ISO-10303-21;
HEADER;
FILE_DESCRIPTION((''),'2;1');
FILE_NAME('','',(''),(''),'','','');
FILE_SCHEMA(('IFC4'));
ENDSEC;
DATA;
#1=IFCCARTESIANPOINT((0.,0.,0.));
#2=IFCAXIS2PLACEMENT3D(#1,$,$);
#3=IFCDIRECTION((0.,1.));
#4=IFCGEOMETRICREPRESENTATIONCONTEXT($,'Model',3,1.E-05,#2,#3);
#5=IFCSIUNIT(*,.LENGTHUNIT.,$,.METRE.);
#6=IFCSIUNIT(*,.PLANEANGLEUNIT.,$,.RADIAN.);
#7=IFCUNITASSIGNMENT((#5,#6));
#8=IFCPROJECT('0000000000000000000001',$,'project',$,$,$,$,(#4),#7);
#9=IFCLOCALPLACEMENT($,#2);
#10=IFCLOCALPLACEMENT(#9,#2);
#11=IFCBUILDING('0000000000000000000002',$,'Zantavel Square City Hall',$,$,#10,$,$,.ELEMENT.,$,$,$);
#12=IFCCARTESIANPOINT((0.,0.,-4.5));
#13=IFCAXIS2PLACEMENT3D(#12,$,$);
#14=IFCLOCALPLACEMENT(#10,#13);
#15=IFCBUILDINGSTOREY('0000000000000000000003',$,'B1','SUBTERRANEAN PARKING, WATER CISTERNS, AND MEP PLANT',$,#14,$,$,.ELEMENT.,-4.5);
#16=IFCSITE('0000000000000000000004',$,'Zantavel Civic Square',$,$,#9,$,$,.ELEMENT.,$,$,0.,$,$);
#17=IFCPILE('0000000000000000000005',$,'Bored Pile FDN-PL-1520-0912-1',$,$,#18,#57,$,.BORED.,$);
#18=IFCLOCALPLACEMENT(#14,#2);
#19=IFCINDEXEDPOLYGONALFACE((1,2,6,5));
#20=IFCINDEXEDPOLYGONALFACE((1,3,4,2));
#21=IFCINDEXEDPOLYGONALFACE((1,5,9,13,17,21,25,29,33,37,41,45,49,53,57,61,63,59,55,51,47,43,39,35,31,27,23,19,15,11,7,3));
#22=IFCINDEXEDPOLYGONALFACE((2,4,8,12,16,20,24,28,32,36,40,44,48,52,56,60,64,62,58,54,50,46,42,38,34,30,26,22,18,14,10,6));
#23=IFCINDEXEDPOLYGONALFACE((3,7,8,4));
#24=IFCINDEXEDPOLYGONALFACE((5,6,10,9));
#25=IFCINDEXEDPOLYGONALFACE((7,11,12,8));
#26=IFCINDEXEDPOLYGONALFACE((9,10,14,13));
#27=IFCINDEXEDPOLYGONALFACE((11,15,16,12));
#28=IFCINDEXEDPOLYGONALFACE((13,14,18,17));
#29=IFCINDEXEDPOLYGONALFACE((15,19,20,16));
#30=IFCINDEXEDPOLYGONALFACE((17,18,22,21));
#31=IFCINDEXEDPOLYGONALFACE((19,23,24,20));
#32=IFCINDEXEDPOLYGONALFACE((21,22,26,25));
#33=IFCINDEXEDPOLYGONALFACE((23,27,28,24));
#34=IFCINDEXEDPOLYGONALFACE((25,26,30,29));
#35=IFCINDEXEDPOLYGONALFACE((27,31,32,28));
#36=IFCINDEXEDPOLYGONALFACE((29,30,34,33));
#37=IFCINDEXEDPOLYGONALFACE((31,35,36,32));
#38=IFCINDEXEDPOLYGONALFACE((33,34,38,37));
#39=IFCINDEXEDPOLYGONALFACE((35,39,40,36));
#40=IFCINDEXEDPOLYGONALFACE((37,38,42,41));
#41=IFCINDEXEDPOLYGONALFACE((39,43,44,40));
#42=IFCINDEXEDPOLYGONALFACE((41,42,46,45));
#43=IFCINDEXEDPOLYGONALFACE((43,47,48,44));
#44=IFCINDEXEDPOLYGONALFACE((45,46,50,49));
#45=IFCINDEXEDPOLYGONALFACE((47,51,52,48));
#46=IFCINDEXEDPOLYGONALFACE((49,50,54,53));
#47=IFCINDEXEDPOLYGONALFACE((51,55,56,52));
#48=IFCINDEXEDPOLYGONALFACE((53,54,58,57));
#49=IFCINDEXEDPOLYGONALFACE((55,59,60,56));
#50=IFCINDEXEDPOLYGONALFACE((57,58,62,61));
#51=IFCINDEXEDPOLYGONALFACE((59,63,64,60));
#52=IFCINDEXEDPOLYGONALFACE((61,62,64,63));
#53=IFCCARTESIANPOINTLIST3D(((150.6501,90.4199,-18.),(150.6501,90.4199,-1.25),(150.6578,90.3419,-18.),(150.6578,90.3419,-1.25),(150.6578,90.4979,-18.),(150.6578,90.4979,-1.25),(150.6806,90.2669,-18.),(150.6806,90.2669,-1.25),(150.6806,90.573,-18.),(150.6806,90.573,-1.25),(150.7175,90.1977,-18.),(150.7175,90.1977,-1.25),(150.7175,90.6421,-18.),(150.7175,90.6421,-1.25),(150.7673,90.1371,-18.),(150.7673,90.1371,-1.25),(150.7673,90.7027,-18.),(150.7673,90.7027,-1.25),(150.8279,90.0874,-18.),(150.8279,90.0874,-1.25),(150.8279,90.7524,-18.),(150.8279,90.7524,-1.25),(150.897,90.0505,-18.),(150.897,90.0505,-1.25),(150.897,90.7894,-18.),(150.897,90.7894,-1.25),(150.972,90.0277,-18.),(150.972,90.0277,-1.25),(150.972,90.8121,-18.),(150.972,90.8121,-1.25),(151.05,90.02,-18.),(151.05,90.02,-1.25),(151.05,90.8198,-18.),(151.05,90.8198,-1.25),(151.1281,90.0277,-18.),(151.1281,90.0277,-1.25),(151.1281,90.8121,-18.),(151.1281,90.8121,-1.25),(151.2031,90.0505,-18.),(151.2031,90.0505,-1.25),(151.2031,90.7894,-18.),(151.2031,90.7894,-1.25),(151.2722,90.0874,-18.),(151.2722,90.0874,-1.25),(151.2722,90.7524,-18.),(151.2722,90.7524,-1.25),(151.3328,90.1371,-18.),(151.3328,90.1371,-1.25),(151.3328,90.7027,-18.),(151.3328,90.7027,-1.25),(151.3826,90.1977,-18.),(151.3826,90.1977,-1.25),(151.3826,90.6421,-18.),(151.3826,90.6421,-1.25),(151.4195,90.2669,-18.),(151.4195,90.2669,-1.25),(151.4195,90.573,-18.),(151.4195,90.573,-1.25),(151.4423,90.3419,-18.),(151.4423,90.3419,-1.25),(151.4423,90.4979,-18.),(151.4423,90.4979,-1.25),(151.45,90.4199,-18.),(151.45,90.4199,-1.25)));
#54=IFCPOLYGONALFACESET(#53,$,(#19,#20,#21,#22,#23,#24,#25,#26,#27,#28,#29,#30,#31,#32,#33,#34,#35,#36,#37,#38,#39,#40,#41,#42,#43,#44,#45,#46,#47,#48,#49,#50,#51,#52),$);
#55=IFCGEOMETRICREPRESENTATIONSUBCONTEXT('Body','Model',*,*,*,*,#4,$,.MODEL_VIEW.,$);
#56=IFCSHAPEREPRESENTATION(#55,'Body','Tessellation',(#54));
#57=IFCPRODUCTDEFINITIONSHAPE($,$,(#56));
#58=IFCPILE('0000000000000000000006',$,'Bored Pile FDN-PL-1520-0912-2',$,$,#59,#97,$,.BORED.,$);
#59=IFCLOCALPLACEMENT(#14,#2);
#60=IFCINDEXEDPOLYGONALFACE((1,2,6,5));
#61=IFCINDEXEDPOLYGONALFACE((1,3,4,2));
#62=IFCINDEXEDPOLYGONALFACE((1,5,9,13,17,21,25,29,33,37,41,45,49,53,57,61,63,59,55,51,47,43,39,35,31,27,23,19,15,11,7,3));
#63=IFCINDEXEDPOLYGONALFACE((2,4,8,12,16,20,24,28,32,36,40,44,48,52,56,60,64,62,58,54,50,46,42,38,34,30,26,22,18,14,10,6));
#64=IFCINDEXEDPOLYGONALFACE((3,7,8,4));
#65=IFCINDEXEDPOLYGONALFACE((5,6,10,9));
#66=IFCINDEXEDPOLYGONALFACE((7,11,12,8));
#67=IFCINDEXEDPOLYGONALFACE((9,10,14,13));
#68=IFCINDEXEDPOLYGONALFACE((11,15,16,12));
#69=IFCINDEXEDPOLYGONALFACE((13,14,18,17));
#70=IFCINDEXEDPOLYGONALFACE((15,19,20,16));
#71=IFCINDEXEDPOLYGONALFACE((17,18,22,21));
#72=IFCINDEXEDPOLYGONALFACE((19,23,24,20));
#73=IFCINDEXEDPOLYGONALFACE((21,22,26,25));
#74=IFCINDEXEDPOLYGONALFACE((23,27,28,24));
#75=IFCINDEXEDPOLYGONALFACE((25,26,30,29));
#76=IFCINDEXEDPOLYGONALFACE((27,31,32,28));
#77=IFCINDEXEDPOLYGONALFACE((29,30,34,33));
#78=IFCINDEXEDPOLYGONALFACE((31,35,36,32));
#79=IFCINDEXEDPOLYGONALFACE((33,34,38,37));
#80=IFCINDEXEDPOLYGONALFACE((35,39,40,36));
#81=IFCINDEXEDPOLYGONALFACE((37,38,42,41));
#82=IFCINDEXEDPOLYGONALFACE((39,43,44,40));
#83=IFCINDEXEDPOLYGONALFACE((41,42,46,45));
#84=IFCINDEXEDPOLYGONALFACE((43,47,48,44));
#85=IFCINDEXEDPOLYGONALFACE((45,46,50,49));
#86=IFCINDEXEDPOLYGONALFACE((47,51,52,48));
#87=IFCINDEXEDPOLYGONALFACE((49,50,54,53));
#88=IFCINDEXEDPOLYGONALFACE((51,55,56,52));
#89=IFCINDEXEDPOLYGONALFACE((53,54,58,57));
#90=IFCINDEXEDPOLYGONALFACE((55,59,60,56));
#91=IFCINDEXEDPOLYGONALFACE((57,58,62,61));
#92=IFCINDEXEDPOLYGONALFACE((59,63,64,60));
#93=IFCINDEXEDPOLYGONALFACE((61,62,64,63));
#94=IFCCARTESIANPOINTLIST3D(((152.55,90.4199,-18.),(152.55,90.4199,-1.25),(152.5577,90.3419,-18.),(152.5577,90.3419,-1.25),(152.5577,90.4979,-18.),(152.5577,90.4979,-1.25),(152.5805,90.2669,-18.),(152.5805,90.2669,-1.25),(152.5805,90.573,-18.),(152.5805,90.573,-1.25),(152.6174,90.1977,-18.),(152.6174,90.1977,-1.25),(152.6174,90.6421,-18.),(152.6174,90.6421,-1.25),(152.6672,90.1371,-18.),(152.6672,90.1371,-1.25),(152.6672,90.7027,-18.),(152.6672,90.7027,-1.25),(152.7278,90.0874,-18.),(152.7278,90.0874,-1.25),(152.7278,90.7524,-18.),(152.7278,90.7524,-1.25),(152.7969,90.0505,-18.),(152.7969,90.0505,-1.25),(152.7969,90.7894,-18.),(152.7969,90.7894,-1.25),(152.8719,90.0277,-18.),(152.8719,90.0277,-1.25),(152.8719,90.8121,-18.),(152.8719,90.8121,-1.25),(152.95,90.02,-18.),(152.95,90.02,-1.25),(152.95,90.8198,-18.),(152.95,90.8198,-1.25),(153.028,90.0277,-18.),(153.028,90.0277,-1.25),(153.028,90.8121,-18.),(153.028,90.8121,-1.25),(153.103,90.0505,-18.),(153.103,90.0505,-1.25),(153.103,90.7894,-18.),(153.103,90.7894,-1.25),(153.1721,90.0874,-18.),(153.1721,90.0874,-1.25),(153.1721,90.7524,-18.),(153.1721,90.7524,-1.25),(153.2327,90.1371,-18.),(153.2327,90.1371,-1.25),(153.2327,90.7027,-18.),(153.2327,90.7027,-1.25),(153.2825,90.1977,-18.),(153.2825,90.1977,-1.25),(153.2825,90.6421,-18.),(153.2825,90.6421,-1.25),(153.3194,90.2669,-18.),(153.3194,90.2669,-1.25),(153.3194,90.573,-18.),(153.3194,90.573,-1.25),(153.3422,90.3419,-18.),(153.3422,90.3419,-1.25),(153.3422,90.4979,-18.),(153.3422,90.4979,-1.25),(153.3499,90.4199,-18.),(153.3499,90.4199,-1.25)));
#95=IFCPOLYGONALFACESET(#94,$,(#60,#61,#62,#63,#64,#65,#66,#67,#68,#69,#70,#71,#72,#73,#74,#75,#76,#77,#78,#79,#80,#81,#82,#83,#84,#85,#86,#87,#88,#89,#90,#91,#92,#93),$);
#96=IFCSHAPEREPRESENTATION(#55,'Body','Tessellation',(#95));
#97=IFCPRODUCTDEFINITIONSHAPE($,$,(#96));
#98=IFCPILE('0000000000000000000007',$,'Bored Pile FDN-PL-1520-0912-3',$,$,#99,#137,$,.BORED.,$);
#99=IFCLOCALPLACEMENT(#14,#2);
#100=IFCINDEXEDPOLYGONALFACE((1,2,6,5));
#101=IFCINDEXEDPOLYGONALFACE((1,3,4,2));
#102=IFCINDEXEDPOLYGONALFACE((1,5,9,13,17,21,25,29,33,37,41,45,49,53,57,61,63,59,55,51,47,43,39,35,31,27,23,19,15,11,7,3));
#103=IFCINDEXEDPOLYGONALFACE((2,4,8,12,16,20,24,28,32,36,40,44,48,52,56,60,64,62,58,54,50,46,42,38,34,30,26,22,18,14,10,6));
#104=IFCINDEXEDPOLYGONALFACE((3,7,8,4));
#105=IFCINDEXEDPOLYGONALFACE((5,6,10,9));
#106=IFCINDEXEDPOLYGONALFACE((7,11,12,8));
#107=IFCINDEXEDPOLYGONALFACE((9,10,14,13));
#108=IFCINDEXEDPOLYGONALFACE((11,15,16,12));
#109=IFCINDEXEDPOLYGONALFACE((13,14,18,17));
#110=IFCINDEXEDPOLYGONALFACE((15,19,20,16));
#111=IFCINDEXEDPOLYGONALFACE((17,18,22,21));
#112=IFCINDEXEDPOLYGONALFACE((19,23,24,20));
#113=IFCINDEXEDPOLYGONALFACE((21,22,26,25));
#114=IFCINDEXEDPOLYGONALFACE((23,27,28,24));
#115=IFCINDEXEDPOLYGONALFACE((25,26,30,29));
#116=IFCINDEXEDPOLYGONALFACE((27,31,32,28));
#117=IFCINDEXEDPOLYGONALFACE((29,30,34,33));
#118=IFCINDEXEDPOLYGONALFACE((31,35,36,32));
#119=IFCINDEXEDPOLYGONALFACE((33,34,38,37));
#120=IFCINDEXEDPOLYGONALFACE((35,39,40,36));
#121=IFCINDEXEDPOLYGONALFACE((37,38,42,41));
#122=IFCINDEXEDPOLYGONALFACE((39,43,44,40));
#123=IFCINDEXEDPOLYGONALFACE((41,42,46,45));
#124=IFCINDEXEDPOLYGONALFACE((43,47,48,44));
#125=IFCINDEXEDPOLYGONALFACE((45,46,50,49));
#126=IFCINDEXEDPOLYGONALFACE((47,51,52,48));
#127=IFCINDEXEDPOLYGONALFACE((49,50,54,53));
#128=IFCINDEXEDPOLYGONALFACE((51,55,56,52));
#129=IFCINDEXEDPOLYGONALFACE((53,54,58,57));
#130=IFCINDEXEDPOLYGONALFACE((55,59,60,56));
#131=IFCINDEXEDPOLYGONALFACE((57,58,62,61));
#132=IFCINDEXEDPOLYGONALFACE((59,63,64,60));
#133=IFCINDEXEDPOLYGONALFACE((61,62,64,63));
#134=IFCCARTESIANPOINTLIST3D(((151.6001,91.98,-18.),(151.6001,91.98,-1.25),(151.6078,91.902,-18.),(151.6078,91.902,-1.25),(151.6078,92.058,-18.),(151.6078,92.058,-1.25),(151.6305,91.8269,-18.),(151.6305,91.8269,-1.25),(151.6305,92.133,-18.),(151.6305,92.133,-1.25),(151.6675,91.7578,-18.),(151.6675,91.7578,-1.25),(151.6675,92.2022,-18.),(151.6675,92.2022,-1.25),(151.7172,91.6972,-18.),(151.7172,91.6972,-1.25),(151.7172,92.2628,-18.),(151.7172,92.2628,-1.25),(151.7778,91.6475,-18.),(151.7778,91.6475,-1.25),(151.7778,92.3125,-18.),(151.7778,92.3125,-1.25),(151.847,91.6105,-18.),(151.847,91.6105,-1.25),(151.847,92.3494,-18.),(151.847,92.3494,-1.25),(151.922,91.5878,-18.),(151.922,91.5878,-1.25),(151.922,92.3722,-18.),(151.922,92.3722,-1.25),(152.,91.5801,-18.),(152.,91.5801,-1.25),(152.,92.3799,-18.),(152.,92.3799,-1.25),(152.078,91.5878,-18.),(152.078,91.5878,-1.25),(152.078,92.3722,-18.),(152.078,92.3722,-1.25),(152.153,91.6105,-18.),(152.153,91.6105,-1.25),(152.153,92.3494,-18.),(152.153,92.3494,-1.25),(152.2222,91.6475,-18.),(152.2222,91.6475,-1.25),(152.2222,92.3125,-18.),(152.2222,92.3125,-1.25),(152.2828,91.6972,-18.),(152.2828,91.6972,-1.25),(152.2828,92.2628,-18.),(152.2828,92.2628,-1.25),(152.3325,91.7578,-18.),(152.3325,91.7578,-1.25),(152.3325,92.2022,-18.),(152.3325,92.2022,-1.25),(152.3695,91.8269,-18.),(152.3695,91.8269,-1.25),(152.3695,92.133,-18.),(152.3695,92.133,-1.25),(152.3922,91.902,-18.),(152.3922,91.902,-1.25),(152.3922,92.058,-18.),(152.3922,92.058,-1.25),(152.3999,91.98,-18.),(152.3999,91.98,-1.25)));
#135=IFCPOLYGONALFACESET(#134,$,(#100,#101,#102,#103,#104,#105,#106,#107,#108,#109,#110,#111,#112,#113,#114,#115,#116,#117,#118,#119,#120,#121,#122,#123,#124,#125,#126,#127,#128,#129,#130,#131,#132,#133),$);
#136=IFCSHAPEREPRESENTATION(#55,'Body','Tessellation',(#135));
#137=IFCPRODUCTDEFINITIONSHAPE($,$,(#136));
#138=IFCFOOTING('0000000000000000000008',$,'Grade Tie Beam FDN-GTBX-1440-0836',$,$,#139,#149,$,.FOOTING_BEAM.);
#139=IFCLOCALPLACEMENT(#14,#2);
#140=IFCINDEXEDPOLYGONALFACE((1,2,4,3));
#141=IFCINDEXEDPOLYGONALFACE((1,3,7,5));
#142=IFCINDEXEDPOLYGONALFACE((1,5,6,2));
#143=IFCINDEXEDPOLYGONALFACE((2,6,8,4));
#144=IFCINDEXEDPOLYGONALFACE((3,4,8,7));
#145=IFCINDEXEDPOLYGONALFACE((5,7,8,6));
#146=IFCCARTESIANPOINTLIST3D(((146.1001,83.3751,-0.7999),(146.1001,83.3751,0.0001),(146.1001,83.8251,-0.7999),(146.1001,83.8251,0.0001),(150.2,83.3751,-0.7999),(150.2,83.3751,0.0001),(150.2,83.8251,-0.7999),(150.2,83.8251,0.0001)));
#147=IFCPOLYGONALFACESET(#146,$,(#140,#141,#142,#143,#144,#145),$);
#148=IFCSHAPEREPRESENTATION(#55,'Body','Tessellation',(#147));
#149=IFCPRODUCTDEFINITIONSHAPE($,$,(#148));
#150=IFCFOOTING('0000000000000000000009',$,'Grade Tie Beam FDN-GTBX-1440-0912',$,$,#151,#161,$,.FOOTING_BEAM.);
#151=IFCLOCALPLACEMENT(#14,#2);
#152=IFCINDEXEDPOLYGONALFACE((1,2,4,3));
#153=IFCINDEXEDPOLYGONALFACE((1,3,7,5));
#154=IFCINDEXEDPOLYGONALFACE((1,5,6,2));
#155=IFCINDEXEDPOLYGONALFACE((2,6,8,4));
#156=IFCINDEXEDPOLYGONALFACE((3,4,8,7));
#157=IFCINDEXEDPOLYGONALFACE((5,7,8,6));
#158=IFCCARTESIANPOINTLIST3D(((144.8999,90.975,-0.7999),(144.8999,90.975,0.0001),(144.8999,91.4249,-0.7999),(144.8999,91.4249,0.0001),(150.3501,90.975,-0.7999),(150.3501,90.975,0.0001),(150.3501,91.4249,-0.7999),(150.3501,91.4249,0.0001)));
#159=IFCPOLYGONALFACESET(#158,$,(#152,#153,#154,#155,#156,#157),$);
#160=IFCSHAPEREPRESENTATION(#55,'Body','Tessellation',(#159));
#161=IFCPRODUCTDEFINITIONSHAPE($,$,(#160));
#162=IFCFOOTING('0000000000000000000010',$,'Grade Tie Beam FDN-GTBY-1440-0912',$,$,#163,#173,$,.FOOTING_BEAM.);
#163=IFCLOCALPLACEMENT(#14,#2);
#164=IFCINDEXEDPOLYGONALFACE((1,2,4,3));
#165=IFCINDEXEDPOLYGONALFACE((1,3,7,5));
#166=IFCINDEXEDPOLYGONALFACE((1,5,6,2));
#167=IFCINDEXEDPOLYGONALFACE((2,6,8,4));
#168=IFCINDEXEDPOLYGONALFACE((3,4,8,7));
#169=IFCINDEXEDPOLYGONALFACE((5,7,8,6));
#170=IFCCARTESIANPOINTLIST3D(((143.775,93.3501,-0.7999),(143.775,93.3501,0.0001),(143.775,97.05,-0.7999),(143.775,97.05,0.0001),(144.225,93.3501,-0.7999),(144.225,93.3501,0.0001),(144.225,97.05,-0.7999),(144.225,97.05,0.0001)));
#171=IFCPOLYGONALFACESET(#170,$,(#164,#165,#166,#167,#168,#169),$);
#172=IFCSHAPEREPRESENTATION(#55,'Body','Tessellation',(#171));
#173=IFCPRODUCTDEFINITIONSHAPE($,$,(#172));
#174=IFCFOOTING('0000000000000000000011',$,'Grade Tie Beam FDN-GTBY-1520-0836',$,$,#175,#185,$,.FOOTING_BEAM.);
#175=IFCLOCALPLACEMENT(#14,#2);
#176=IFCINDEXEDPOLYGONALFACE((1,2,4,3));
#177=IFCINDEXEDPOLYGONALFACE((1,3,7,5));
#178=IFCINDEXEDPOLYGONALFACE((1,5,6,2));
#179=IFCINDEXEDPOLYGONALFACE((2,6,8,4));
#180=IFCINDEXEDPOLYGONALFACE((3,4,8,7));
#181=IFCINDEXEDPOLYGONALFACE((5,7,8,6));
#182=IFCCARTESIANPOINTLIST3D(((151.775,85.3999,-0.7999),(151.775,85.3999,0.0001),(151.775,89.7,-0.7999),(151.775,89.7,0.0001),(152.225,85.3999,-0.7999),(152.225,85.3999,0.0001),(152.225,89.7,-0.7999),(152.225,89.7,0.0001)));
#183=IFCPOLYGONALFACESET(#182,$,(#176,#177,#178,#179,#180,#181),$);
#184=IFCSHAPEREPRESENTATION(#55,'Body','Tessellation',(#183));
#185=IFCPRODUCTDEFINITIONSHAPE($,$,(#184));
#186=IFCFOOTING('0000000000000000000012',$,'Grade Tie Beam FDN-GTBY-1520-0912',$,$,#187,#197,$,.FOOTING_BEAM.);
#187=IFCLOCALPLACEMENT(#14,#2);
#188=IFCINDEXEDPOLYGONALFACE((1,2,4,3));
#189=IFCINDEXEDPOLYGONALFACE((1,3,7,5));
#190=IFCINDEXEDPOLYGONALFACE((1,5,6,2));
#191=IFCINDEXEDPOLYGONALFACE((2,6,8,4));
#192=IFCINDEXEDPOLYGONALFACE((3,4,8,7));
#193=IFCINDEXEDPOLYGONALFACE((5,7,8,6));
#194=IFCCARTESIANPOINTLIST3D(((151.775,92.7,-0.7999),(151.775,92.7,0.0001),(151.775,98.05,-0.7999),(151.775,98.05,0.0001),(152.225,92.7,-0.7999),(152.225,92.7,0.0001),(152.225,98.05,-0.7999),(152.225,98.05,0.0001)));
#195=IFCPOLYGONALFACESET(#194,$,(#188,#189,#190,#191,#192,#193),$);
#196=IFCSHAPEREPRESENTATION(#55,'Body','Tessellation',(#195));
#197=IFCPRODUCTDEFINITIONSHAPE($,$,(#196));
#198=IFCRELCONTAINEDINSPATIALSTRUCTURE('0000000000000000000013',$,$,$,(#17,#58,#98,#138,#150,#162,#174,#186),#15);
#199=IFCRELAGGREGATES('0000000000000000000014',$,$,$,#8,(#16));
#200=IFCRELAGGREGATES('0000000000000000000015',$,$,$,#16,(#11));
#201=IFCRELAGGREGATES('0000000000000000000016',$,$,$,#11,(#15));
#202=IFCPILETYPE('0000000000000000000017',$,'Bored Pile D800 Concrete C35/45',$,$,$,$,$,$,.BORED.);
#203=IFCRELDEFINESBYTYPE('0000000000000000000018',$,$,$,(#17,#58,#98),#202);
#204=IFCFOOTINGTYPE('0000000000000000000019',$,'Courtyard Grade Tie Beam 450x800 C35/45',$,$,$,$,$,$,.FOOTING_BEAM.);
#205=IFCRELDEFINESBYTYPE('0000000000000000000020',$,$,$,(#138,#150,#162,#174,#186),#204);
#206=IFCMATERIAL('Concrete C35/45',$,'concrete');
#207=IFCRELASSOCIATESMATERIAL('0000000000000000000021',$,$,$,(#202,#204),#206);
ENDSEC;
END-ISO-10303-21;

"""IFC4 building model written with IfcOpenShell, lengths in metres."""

from ifc_helpers import new_model, si_unit, direction, frame, origin, origin_2d, place, context, subcontext, project, spatial, rectangle, circle, extrude, material, material_profile, profile_set, type_object, element, save


model = new_model("IFC4")

# Units and contexts
model_context = context("Model", 3, precision=1e-05, world=origin(), true_north=direction((0.0, 1.0)))
body_context = subcontext(model_context, "Body", "Model", "MODEL_VIEW")
ifc_project = project(units=[si_unit("LENGTHUNIT", "METRE"), si_unit("PLANEANGLEUNIT", "RADIAN")], contexts=[model_context])

# Site, building, storey
site_placement = place(None, origin())
site = spatial("IfcSite", under=ifc_project, at=site_placement, Name="Zantavel Civic Square", CompositionType="ELEMENT", RefElevation=0.0)
building_placement = place(site_placement, origin())
building = spatial("IfcBuilding", under=site, at=building_placement, Name="Zantavel Square City Hall", CompositionType="ELEMENT")
storey_placement = place(building_placement, frame((0.0, 0.0, -4.5)))
storey = spatial("IfcBuildingStorey", under=building, at=storey_placement, Name="B1", Description="SUBTERRANEAN PARKING, WATER CISTERNS, AND MEP PLANT", CompositionType="ELEMENT", Elevation=-4.5)

# Piles
ifc_material_1 = material(Name="Concrete C35/45", Category="concrete")
ifc_material_profile_1 = material_profile(ifc_material_1, circle(Radius=0.3999, at=origin_2d()), Name="PILE D800")
ifc_profile_set_1 = profile_set([ifc_material_profile_1], Name="Concrete C35/45")
pile_type_1 = type_object("IfcPileType", Name="Bored Pile D800 Concrete C35/45", PredefinedType="BORED", material=ifc_profile_set_1)
for number, where, z_axis, x_axis, name in (
    (1, (151.05, 90.4199, -1.25), (0.0, 0.0, -1.0), (1.0, 0.0, 0.0), "Bored Pile FDN-PL-1520-0912-1"),
    (2, (152.95, 90.4199, -1.25), (0.0, 0.0, -1.0), (1.0, 0.0, 0.0), "Bored Pile FDN-PL-1520-0912-2"),
    (3, (152.0, 91.98, -1.25), (0.0, 0.0, -1.0), (1.0, 0.0, 0.0), "Bored Pile FDN-PL-1520-0912-3"),
):
    element("IfcPile", number, at=place(storey_placement, frame(where, z_axis=z_axis, x_axis=x_axis)), inside=storey, type_object=pile_type_1, Name=name, PredefinedType="BORED", context=body_context, shape_type="SweptSolid", body=[
        extrude(circle(Radius=0.3999, at=origin_2d()), origin(), (0.0, 0.0, 1.0), 16.75),
    ])

# Footings
ifc_material_profile_2 = material_profile(ifc_material_1, rectangle(XDim=0.45, YDim=0.8, at=origin_2d()), Name="RC 450x800")
ifc_profile_set_2 = profile_set([ifc_material_profile_2], Name="Concrete C35/45")
footing_type_1 = type_object("IfcFootingType", Name="Courtyard Grade Tie Beam 450x800 C35/45", PredefinedType="FOOTING_BEAM", material=ifc_profile_set_2)
footing_1_placement = place(storey_placement, frame((146.1001, 83.6001, -0.3999), z_axis=(1.0, 0.0, 0.0), x_axis=(0.0, 1.0, 0.0)))
element("IfcFooting", 4, at=footing_1_placement, inside=storey, type_object=footing_type_1, Name="Grade Tie Beam FDN-GTBX-1440-0836", PredefinedType="FOOTING_BEAM", context=body_context, shape_type="SweptSolid", body=[
    extrude(rectangle(XDim=0.45, YDim=0.8, at=origin_2d()), origin(), (0.0, 0.0, 1.0), 4.0999),
])
footing_2_placement = place(storey_placement, frame((144.8999, 91.2, -0.3999), z_axis=(1.0, 0.0, 0.0), x_axis=(0.0, 1.0, 0.0)))
element("IfcFooting", 5, at=footing_2_placement, inside=storey, type_object=footing_type_1, Name="Grade Tie Beam FDN-GTBX-1440-0912", PredefinedType="FOOTING_BEAM", context=body_context, shape_type="SweptSolid", body=[
    extrude(rectangle(XDim=0.45, YDim=0.8, at=origin_2d()), origin(), (0.0, 0.0, 1.0), 5.4502),
])
footing_3_placement = place(storey_placement, frame((144.0, 93.3501, -0.3999), z_axis=(0.0, 1.0, 0.0), x_axis=(-1.0, 0.0, 0.0)))
element("IfcFooting", 6, at=footing_3_placement, inside=storey, type_object=footing_type_1, Name="Grade Tie Beam FDN-GTBY-1440-0912", PredefinedType="FOOTING_BEAM", context=body_context, shape_type="SweptSolid", body=[
    extrude(rectangle(XDim=0.45, YDim=0.8, at=origin_2d()), origin(), (0.0, 0.0, 1.0), 3.7),
])
footing_4_placement = place(storey_placement, frame((152.0, 85.3999, -0.3999), z_axis=(0.0, 1.0, 0.0), x_axis=(-1.0, 0.0, 0.0)))
element("IfcFooting", 7, at=footing_4_placement, inside=storey, type_object=footing_type_1, Name="Grade Tie Beam FDN-GTBY-1520-0836", PredefinedType="FOOTING_BEAM", context=body_context, shape_type="SweptSolid", body=[
    extrude(rectangle(XDim=0.45, YDim=0.8, at=origin_2d()), origin(), (0.0, 0.0, 1.0), 4.3),
])
footing_5_placement = place(storey_placement, frame((152.0, 92.7, -0.3999), z_axis=(0.0, 1.0, 0.0), x_axis=(-1.0, 0.0, 0.0)))
element("IfcFooting", 8, at=footing_5_placement, inside=storey, type_object=footing_type_1, Name="Grade Tie Beam FDN-GTBY-1520-0912", PredefinedType="FOOTING_BEAM", context=body_context, shape_type="SweptSolid", body=[
    extrude(rectangle(XDim=0.45, YDim=0.8, at=origin_2d()), origin(), (0.0, 0.0, 1.0), 5.3501),
])

save(model, "model.ifc")
